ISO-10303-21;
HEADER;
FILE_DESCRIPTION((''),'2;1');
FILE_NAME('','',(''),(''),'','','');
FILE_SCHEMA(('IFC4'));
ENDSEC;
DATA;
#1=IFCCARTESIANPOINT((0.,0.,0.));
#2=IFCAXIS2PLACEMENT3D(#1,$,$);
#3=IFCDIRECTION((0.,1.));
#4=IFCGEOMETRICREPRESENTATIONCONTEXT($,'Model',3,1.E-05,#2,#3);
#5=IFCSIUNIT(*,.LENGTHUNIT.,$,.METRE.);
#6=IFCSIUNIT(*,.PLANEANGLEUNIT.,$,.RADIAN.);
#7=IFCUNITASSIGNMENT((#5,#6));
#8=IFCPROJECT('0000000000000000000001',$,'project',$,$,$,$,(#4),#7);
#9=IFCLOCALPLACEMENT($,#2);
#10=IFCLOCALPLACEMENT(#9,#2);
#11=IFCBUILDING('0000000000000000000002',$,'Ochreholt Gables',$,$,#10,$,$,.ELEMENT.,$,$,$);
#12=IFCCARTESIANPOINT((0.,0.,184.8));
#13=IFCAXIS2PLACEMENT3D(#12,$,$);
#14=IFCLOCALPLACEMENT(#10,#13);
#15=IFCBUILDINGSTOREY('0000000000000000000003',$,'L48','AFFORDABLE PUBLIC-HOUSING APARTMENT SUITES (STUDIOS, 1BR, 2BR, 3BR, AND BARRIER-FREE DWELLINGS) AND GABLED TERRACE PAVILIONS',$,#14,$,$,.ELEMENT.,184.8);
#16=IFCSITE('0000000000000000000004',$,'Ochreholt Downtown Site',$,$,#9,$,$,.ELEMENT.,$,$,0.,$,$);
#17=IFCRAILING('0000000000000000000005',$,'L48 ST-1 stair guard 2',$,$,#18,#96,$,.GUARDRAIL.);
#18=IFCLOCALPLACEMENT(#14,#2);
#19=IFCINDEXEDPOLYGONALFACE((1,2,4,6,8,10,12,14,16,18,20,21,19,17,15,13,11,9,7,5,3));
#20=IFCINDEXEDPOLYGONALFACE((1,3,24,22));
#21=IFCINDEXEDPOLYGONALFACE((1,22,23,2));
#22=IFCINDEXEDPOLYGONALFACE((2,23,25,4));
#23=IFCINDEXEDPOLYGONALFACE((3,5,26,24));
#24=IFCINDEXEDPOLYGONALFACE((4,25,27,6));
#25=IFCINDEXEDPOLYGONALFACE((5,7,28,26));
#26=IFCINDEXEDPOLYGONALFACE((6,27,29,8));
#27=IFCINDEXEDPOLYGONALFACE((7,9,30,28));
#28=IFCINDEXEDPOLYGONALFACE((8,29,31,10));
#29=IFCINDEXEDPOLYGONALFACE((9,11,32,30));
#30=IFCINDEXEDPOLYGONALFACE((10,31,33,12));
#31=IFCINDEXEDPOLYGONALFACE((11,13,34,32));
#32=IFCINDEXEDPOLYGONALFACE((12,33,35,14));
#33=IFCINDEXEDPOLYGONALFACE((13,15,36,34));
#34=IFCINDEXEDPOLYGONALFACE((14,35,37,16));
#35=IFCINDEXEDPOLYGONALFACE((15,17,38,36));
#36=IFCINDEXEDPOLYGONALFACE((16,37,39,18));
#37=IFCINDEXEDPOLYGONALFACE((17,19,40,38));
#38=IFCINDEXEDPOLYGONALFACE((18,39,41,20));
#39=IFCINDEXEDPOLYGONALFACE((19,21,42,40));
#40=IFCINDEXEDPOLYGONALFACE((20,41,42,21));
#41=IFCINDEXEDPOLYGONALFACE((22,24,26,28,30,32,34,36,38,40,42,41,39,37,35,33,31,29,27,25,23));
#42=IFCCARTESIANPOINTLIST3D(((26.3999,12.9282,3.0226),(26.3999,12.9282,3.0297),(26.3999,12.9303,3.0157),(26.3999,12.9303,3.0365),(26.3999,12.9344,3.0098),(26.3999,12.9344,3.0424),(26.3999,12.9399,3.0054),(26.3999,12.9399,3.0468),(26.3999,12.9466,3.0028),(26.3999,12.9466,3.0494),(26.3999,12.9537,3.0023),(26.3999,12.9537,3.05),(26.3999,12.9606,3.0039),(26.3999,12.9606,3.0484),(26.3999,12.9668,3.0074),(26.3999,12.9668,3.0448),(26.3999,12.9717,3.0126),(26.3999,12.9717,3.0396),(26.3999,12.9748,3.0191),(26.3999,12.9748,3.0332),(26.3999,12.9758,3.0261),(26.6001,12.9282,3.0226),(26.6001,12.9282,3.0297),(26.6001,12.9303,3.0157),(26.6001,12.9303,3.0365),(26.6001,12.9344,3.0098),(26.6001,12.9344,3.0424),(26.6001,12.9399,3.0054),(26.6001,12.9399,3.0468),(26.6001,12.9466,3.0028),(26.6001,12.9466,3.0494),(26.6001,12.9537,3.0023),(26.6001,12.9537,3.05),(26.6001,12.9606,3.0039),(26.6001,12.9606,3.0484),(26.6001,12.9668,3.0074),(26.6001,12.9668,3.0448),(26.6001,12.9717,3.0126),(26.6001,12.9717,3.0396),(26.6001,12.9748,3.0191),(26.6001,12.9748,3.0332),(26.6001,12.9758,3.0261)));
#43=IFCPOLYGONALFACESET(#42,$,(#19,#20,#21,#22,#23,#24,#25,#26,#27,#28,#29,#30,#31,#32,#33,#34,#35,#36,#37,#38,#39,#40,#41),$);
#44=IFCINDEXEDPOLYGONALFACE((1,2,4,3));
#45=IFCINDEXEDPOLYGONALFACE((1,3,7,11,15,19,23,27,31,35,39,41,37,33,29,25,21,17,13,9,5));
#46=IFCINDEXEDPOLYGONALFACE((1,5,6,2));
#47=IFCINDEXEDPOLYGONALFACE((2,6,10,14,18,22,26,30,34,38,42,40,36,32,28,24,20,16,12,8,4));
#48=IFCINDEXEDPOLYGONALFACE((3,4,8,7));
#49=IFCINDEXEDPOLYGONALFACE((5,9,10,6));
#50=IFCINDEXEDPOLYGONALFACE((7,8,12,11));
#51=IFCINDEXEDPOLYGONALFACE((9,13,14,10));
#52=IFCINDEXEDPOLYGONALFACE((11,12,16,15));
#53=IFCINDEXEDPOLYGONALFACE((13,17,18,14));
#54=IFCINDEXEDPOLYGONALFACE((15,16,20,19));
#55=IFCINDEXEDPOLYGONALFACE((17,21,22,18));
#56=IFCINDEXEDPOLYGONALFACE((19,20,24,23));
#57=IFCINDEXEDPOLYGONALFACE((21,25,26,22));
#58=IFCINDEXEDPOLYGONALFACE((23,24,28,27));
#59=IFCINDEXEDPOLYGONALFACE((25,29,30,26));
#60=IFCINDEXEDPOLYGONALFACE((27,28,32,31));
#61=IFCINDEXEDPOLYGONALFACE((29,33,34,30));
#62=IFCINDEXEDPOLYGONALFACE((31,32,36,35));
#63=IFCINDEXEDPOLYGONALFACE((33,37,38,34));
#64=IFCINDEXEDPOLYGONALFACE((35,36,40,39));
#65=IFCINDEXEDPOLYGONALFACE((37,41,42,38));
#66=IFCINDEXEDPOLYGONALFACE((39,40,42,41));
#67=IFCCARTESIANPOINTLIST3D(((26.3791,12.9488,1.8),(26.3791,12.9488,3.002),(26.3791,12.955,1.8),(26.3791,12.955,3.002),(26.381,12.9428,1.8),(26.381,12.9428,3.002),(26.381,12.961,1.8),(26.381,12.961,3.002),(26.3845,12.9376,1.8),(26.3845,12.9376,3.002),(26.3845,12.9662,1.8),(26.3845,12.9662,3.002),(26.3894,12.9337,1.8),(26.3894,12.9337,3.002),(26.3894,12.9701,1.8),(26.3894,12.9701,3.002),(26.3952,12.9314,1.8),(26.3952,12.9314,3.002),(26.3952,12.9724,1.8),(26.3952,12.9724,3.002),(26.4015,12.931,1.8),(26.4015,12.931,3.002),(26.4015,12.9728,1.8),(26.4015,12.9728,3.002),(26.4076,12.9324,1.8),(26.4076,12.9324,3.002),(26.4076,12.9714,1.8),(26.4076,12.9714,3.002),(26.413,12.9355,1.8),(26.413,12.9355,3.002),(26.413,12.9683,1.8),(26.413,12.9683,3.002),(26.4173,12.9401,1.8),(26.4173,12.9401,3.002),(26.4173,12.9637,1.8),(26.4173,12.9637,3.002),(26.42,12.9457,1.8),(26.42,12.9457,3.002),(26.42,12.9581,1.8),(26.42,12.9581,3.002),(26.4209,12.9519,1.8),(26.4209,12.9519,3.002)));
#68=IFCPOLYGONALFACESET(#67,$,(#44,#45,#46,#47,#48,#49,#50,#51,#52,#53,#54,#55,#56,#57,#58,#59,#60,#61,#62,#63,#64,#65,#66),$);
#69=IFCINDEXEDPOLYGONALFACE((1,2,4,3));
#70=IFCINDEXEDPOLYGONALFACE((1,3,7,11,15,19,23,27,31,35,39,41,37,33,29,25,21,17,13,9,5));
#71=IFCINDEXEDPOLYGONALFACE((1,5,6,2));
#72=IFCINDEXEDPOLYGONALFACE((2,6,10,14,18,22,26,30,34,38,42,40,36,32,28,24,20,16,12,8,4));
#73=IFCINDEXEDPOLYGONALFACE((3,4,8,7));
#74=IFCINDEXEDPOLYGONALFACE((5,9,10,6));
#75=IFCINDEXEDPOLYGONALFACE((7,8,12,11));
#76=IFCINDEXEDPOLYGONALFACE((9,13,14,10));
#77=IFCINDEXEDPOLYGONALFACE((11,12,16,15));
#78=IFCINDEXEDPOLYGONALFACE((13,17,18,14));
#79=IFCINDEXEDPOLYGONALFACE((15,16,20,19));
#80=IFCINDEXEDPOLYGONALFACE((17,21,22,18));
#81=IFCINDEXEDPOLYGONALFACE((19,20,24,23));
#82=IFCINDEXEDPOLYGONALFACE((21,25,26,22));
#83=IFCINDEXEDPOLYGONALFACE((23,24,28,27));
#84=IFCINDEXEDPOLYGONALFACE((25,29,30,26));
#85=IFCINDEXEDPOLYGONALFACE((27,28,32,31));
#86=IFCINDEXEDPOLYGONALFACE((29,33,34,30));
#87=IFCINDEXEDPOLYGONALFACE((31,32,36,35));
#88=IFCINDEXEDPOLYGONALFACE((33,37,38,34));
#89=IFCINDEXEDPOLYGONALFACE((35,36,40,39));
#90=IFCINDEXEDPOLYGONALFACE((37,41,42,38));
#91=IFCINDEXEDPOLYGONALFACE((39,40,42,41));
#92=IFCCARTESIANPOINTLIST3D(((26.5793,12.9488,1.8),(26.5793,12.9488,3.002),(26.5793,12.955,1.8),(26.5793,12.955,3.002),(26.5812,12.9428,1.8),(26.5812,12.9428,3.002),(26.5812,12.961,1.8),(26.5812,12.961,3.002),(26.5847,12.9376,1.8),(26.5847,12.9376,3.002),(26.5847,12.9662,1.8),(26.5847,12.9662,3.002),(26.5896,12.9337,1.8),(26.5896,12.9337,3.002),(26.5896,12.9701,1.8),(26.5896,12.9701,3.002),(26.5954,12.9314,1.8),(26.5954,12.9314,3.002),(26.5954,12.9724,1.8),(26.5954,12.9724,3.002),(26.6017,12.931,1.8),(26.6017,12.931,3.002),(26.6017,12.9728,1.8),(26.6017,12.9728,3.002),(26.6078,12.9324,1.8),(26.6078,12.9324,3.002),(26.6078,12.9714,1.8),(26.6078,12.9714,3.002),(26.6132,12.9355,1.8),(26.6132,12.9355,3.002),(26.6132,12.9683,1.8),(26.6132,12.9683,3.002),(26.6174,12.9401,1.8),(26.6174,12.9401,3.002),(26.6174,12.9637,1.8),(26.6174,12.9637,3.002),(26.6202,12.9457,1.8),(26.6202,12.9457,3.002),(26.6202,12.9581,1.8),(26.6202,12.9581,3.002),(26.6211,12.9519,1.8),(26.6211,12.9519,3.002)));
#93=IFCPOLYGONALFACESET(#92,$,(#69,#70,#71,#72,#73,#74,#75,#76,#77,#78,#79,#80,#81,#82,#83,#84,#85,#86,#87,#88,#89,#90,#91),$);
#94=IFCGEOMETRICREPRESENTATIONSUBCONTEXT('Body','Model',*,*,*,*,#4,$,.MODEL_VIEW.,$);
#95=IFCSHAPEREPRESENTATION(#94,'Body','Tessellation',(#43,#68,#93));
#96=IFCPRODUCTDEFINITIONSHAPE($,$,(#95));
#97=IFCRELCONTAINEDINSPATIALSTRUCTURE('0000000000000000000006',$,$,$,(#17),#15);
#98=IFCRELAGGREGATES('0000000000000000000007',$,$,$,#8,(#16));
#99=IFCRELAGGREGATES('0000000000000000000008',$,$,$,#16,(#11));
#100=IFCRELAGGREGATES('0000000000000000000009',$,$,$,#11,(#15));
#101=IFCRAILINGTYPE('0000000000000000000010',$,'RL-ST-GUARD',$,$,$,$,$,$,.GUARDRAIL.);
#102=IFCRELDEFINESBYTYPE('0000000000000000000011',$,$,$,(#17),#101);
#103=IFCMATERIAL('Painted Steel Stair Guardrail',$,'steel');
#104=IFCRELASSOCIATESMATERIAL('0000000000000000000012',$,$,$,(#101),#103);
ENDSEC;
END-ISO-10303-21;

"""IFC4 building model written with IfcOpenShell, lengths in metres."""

from ifc_helpers import new_model, si_unit, direction, frame, origin, origin_2d, place, context, subcontext, project, spatial, circle, extrude, material, type_object, element, save


model = new_model("IFC4")

# Units and contexts
model_context = context("Model", 3, precision=1e-05, world=origin(), true_north=direction((0.0, 1.0)))
body_context = subcontext(model_context, "Body", "Model", "MODEL_VIEW")
ifc_project = project(units=[si_unit("LENGTHUNIT", "METRE"), si_unit("PLANEANGLEUNIT", "RADIAN")], contexts=[model_context])

# Site, building, storey
site_placement = place(None, origin())
site = spatial("IfcSite", under=ifc_project, at=site_placement, Name="Ochreholt Downtown Site", CompositionType="ELEMENT", RefElevation=0.0)
building_placement = place(site_placement, origin())
building = spatial("IfcBuilding", under=site, at=building_placement, Name="Ochreholt Gables", CompositionType="ELEMENT")
storey_placement = place(building_placement, frame((0.0, 0.0, 184.8)))
storey = spatial("IfcBuildingStorey", under=building, at=storey_placement, Name="L48", Description="AFFORDABLE PUBLIC-HOUSING APARTMENT SUITES (STUDIOS, 1BR, 2BR, 3BR, AND BARRIER-FREE DWELLINGS) AND GABLED TERRACE PAVILIONS", CompositionType="ELEMENT", Elevation=184.8)

# Railing
ifc_material_1 = material(Name="Painted Steel Stair Guardrail", Category="steel")
railing_type_1 = type_object("IfcRailingType", Name="RL-ST-GUARD", PredefinedType="GUARDRAIL", material=ifc_material_1)
railing_1_placement = place(storey_placement, frame((26.3999, 12.9519, 1.8)))
element("IfcRailing", 1, at=railing_1_placement, inside=storey, type_object=railing_type_1, Name="L48 ST-1 stair guard 2", PredefinedType="GUARDRAIL", context=body_context, shape_type="SweptSolid", body=[
    extrude(circle(Radius=0.0239, at=origin_2d()), frame((0.0, 0.0, 1.2261), z_axis=(1.0, 0.0, 0.0), x_axis=(0.0, 1.0, 0.0)), (0.0, 0.0, 1.0), 0.2002),
    extrude(circle(Radius=0.021, at=origin_2d()), origin(), (0.0, 0.0, 1.0), 1.2019),
    extrude(circle(Radius=0.021, at=origin_2d()), frame((0.2002, 0.0, 0.0)), (0.0, 0.0, 1.0), 1.2019),
])

save(model, "model.ifc")
